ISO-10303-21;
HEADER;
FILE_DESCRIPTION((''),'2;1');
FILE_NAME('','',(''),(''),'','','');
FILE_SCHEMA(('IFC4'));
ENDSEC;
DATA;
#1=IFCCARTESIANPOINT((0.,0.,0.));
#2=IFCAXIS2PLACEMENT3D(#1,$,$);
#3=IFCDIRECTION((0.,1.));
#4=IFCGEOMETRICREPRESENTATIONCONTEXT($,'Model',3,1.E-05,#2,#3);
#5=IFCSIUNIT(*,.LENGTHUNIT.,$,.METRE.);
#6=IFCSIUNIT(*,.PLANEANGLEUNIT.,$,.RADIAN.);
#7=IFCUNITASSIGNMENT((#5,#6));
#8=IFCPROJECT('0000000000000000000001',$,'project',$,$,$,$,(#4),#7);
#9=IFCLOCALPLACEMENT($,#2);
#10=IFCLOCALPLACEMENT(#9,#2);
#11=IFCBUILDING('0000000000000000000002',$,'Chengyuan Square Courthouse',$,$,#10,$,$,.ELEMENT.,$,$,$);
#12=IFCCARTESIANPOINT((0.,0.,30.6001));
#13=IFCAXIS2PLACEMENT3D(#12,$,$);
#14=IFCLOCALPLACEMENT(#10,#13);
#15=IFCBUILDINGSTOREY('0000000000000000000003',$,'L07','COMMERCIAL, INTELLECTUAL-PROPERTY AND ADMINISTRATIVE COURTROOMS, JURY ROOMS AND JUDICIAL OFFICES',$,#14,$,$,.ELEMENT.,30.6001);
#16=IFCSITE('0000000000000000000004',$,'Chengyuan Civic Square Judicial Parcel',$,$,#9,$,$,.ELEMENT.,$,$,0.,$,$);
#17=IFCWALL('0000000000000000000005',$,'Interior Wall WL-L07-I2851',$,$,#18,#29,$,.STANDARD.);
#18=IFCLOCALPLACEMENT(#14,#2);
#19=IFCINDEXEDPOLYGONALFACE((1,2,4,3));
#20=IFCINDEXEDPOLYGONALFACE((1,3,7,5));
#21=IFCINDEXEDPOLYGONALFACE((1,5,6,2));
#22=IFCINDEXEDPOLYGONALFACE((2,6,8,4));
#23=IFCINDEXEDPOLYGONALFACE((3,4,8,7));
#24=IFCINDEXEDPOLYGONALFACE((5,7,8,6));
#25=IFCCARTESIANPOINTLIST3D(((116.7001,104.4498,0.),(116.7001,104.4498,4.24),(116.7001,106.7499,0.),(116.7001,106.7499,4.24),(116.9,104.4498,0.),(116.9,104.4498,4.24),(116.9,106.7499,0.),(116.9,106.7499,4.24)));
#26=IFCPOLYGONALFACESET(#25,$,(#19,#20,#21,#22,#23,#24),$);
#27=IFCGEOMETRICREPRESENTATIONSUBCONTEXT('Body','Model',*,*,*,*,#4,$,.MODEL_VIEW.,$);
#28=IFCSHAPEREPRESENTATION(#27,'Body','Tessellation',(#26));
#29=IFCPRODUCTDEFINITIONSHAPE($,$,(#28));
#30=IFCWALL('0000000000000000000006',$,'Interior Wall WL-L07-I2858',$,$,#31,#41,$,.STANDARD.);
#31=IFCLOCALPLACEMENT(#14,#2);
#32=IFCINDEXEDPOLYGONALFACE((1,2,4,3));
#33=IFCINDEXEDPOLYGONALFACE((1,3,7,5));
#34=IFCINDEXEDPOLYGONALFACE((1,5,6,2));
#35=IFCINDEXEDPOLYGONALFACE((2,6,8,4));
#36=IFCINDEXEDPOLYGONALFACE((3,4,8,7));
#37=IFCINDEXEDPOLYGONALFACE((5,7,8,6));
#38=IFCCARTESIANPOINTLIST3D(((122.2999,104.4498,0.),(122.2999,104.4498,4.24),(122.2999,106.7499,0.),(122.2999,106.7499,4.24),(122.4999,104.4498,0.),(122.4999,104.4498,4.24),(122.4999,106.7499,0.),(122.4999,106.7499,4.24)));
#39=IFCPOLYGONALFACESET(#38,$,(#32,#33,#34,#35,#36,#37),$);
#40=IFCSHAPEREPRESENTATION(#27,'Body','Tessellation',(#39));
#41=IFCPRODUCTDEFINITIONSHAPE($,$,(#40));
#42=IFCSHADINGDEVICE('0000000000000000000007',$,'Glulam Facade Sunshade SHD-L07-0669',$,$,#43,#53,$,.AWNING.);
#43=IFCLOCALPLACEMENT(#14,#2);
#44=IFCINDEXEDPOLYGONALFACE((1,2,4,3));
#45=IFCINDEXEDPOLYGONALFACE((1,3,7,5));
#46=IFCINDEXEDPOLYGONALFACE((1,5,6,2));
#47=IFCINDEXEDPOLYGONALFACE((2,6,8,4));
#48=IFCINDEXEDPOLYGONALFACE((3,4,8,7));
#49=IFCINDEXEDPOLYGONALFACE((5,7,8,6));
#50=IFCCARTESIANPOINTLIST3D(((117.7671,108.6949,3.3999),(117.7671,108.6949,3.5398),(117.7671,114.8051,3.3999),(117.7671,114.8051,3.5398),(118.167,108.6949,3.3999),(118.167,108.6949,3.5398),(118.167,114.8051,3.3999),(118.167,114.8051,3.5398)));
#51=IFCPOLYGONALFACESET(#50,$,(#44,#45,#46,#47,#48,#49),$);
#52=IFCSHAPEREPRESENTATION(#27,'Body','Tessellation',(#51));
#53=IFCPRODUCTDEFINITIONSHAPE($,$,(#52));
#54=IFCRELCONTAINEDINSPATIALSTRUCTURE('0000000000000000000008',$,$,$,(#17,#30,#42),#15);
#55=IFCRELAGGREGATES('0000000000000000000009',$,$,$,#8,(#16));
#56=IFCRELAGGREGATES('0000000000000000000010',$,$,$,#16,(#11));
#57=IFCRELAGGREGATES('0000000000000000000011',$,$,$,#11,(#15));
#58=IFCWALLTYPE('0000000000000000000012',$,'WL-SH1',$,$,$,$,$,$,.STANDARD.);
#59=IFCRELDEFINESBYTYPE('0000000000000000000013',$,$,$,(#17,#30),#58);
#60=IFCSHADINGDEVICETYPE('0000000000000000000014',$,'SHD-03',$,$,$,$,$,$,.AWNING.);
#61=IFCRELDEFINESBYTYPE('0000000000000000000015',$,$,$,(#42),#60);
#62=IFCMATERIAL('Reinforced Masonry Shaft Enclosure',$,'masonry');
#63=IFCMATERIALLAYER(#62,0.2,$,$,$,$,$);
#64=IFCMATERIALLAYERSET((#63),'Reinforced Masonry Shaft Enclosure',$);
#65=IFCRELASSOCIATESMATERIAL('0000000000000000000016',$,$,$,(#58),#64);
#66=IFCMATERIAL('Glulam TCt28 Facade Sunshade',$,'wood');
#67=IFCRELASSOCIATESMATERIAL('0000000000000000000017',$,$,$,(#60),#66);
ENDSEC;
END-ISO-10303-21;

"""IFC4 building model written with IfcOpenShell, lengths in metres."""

from ifc_helpers import new_model, si_unit, direction, frame, frame_2d, origin, origin_2d, place, context, subcontext, project, spatial, rectangle, extrude, material, layer, layer_set, type_object, element, save


model = new_model("IFC4")

# Units and contexts
model_context = context("Model", 3, precision=1e-05, world=origin(), true_north=direction((0.0, 1.0)))
body_context = subcontext(model_context, "Body", "Model", "MODEL_VIEW")
ifc_project = project(units=[si_unit("LENGTHUNIT", "METRE"), si_unit("PLANEANGLEUNIT", "RADIAN")], contexts=[model_context])

# Site, building, storey
site_placement = place(None, origin())
site = spatial("IfcSite", under=ifc_project, at=site_placement, Name="Chengyuan Civic Square Judicial Parcel", CompositionType="ELEMENT", RefElevation=0.0)
building_placement = place(site_placement, origin())
building = spatial("IfcBuilding", under=site, at=building_placement, Name="Chengyuan Square Courthouse", CompositionType="ELEMENT")
storey_placement = place(building_placement, frame((0.0, 0.0, 30.6001)))
storey = spatial("IfcBuildingStorey", under=building, at=storey_placement, Name="L07", Description="COMMERCIAL, INTELLECTUAL-PROPERTY AND ADMINISTRATIVE COURTROOMS, JURY ROOMS AND JUDICIAL OFFICES", CompositionType="ELEMENT", Elevation=30.6001)

# Shared definitions
ifc_material_1 = material(Name="Reinforced Masonry Shaft Enclosure", Category="masonry")
ifc_layer_1 = layer(ifc_material_1, 0.2)
ifc_layer_set_1 = layer_set([ifc_layer_1], Name="Reinforced Masonry Shaft Enclosure")
wall_type_1 = type_object("IfcWallType", Name="WL-SH1", PredefinedType="STANDARD", material=ifc_layer_set_1)

# Walls
for number, where, z_axis, x_axis, name in (
    (1, (116.8, 104.45, 0.0), (0.0, 0.0, 1.0), (0.0, 1.0, 0.0), "Interior Wall WL-L07-I2851"),
    (2, (122.3999, 104.45, 0.0), (0.0, 0.0, 1.0), (0.0, 1.0, 0.0), "Interior Wall WL-L07-I2858"),
):
    element("IfcWall", number, at=place(storey_placement, frame(where, z_axis=z_axis, x_axis=x_axis)), inside=storey, type_object=wall_type_1, Name=name, PredefinedType="STANDARD", context=body_context, shape_type="SweptSolid", body=[
        extrude(rectangle(XDim=2.3, YDim=0.2, at=frame_2d((1.1499, 0.0))), origin(), (0.0, 0.0, 1.0), 4.24),
    ])

# Shading device
ifc_material_2 = material(Name="Glulam TCt28 Facade Sunshade", Category="wood")
shading_device_type = type_object("IfcShadingDeviceType", Name="SHD-03", PredefinedType="AWNING", material=ifc_material_2)
shading_device_placement = place(storey_placement, frame((117.967, 111.75, 3.3999), z_axis=(0.0, 0.0, 1.0), x_axis=(0.0, 1.0, 0.0)))
element("IfcShadingDevice", 3, at=shading_device_placement, inside=storey, type_object=shading_device_type, Name="Glulam Facade Sunshade SHD-L07-0669", PredefinedType="AWNING", context=body_context, shape_type="SweptSolid", body=[
    extrude(rectangle(XDim=6.1101, YDim=0.3999, at=origin_2d()), origin(), (0.0, 0.0, 1.0), 0.1399),
])

save(model, "model.ifc")
